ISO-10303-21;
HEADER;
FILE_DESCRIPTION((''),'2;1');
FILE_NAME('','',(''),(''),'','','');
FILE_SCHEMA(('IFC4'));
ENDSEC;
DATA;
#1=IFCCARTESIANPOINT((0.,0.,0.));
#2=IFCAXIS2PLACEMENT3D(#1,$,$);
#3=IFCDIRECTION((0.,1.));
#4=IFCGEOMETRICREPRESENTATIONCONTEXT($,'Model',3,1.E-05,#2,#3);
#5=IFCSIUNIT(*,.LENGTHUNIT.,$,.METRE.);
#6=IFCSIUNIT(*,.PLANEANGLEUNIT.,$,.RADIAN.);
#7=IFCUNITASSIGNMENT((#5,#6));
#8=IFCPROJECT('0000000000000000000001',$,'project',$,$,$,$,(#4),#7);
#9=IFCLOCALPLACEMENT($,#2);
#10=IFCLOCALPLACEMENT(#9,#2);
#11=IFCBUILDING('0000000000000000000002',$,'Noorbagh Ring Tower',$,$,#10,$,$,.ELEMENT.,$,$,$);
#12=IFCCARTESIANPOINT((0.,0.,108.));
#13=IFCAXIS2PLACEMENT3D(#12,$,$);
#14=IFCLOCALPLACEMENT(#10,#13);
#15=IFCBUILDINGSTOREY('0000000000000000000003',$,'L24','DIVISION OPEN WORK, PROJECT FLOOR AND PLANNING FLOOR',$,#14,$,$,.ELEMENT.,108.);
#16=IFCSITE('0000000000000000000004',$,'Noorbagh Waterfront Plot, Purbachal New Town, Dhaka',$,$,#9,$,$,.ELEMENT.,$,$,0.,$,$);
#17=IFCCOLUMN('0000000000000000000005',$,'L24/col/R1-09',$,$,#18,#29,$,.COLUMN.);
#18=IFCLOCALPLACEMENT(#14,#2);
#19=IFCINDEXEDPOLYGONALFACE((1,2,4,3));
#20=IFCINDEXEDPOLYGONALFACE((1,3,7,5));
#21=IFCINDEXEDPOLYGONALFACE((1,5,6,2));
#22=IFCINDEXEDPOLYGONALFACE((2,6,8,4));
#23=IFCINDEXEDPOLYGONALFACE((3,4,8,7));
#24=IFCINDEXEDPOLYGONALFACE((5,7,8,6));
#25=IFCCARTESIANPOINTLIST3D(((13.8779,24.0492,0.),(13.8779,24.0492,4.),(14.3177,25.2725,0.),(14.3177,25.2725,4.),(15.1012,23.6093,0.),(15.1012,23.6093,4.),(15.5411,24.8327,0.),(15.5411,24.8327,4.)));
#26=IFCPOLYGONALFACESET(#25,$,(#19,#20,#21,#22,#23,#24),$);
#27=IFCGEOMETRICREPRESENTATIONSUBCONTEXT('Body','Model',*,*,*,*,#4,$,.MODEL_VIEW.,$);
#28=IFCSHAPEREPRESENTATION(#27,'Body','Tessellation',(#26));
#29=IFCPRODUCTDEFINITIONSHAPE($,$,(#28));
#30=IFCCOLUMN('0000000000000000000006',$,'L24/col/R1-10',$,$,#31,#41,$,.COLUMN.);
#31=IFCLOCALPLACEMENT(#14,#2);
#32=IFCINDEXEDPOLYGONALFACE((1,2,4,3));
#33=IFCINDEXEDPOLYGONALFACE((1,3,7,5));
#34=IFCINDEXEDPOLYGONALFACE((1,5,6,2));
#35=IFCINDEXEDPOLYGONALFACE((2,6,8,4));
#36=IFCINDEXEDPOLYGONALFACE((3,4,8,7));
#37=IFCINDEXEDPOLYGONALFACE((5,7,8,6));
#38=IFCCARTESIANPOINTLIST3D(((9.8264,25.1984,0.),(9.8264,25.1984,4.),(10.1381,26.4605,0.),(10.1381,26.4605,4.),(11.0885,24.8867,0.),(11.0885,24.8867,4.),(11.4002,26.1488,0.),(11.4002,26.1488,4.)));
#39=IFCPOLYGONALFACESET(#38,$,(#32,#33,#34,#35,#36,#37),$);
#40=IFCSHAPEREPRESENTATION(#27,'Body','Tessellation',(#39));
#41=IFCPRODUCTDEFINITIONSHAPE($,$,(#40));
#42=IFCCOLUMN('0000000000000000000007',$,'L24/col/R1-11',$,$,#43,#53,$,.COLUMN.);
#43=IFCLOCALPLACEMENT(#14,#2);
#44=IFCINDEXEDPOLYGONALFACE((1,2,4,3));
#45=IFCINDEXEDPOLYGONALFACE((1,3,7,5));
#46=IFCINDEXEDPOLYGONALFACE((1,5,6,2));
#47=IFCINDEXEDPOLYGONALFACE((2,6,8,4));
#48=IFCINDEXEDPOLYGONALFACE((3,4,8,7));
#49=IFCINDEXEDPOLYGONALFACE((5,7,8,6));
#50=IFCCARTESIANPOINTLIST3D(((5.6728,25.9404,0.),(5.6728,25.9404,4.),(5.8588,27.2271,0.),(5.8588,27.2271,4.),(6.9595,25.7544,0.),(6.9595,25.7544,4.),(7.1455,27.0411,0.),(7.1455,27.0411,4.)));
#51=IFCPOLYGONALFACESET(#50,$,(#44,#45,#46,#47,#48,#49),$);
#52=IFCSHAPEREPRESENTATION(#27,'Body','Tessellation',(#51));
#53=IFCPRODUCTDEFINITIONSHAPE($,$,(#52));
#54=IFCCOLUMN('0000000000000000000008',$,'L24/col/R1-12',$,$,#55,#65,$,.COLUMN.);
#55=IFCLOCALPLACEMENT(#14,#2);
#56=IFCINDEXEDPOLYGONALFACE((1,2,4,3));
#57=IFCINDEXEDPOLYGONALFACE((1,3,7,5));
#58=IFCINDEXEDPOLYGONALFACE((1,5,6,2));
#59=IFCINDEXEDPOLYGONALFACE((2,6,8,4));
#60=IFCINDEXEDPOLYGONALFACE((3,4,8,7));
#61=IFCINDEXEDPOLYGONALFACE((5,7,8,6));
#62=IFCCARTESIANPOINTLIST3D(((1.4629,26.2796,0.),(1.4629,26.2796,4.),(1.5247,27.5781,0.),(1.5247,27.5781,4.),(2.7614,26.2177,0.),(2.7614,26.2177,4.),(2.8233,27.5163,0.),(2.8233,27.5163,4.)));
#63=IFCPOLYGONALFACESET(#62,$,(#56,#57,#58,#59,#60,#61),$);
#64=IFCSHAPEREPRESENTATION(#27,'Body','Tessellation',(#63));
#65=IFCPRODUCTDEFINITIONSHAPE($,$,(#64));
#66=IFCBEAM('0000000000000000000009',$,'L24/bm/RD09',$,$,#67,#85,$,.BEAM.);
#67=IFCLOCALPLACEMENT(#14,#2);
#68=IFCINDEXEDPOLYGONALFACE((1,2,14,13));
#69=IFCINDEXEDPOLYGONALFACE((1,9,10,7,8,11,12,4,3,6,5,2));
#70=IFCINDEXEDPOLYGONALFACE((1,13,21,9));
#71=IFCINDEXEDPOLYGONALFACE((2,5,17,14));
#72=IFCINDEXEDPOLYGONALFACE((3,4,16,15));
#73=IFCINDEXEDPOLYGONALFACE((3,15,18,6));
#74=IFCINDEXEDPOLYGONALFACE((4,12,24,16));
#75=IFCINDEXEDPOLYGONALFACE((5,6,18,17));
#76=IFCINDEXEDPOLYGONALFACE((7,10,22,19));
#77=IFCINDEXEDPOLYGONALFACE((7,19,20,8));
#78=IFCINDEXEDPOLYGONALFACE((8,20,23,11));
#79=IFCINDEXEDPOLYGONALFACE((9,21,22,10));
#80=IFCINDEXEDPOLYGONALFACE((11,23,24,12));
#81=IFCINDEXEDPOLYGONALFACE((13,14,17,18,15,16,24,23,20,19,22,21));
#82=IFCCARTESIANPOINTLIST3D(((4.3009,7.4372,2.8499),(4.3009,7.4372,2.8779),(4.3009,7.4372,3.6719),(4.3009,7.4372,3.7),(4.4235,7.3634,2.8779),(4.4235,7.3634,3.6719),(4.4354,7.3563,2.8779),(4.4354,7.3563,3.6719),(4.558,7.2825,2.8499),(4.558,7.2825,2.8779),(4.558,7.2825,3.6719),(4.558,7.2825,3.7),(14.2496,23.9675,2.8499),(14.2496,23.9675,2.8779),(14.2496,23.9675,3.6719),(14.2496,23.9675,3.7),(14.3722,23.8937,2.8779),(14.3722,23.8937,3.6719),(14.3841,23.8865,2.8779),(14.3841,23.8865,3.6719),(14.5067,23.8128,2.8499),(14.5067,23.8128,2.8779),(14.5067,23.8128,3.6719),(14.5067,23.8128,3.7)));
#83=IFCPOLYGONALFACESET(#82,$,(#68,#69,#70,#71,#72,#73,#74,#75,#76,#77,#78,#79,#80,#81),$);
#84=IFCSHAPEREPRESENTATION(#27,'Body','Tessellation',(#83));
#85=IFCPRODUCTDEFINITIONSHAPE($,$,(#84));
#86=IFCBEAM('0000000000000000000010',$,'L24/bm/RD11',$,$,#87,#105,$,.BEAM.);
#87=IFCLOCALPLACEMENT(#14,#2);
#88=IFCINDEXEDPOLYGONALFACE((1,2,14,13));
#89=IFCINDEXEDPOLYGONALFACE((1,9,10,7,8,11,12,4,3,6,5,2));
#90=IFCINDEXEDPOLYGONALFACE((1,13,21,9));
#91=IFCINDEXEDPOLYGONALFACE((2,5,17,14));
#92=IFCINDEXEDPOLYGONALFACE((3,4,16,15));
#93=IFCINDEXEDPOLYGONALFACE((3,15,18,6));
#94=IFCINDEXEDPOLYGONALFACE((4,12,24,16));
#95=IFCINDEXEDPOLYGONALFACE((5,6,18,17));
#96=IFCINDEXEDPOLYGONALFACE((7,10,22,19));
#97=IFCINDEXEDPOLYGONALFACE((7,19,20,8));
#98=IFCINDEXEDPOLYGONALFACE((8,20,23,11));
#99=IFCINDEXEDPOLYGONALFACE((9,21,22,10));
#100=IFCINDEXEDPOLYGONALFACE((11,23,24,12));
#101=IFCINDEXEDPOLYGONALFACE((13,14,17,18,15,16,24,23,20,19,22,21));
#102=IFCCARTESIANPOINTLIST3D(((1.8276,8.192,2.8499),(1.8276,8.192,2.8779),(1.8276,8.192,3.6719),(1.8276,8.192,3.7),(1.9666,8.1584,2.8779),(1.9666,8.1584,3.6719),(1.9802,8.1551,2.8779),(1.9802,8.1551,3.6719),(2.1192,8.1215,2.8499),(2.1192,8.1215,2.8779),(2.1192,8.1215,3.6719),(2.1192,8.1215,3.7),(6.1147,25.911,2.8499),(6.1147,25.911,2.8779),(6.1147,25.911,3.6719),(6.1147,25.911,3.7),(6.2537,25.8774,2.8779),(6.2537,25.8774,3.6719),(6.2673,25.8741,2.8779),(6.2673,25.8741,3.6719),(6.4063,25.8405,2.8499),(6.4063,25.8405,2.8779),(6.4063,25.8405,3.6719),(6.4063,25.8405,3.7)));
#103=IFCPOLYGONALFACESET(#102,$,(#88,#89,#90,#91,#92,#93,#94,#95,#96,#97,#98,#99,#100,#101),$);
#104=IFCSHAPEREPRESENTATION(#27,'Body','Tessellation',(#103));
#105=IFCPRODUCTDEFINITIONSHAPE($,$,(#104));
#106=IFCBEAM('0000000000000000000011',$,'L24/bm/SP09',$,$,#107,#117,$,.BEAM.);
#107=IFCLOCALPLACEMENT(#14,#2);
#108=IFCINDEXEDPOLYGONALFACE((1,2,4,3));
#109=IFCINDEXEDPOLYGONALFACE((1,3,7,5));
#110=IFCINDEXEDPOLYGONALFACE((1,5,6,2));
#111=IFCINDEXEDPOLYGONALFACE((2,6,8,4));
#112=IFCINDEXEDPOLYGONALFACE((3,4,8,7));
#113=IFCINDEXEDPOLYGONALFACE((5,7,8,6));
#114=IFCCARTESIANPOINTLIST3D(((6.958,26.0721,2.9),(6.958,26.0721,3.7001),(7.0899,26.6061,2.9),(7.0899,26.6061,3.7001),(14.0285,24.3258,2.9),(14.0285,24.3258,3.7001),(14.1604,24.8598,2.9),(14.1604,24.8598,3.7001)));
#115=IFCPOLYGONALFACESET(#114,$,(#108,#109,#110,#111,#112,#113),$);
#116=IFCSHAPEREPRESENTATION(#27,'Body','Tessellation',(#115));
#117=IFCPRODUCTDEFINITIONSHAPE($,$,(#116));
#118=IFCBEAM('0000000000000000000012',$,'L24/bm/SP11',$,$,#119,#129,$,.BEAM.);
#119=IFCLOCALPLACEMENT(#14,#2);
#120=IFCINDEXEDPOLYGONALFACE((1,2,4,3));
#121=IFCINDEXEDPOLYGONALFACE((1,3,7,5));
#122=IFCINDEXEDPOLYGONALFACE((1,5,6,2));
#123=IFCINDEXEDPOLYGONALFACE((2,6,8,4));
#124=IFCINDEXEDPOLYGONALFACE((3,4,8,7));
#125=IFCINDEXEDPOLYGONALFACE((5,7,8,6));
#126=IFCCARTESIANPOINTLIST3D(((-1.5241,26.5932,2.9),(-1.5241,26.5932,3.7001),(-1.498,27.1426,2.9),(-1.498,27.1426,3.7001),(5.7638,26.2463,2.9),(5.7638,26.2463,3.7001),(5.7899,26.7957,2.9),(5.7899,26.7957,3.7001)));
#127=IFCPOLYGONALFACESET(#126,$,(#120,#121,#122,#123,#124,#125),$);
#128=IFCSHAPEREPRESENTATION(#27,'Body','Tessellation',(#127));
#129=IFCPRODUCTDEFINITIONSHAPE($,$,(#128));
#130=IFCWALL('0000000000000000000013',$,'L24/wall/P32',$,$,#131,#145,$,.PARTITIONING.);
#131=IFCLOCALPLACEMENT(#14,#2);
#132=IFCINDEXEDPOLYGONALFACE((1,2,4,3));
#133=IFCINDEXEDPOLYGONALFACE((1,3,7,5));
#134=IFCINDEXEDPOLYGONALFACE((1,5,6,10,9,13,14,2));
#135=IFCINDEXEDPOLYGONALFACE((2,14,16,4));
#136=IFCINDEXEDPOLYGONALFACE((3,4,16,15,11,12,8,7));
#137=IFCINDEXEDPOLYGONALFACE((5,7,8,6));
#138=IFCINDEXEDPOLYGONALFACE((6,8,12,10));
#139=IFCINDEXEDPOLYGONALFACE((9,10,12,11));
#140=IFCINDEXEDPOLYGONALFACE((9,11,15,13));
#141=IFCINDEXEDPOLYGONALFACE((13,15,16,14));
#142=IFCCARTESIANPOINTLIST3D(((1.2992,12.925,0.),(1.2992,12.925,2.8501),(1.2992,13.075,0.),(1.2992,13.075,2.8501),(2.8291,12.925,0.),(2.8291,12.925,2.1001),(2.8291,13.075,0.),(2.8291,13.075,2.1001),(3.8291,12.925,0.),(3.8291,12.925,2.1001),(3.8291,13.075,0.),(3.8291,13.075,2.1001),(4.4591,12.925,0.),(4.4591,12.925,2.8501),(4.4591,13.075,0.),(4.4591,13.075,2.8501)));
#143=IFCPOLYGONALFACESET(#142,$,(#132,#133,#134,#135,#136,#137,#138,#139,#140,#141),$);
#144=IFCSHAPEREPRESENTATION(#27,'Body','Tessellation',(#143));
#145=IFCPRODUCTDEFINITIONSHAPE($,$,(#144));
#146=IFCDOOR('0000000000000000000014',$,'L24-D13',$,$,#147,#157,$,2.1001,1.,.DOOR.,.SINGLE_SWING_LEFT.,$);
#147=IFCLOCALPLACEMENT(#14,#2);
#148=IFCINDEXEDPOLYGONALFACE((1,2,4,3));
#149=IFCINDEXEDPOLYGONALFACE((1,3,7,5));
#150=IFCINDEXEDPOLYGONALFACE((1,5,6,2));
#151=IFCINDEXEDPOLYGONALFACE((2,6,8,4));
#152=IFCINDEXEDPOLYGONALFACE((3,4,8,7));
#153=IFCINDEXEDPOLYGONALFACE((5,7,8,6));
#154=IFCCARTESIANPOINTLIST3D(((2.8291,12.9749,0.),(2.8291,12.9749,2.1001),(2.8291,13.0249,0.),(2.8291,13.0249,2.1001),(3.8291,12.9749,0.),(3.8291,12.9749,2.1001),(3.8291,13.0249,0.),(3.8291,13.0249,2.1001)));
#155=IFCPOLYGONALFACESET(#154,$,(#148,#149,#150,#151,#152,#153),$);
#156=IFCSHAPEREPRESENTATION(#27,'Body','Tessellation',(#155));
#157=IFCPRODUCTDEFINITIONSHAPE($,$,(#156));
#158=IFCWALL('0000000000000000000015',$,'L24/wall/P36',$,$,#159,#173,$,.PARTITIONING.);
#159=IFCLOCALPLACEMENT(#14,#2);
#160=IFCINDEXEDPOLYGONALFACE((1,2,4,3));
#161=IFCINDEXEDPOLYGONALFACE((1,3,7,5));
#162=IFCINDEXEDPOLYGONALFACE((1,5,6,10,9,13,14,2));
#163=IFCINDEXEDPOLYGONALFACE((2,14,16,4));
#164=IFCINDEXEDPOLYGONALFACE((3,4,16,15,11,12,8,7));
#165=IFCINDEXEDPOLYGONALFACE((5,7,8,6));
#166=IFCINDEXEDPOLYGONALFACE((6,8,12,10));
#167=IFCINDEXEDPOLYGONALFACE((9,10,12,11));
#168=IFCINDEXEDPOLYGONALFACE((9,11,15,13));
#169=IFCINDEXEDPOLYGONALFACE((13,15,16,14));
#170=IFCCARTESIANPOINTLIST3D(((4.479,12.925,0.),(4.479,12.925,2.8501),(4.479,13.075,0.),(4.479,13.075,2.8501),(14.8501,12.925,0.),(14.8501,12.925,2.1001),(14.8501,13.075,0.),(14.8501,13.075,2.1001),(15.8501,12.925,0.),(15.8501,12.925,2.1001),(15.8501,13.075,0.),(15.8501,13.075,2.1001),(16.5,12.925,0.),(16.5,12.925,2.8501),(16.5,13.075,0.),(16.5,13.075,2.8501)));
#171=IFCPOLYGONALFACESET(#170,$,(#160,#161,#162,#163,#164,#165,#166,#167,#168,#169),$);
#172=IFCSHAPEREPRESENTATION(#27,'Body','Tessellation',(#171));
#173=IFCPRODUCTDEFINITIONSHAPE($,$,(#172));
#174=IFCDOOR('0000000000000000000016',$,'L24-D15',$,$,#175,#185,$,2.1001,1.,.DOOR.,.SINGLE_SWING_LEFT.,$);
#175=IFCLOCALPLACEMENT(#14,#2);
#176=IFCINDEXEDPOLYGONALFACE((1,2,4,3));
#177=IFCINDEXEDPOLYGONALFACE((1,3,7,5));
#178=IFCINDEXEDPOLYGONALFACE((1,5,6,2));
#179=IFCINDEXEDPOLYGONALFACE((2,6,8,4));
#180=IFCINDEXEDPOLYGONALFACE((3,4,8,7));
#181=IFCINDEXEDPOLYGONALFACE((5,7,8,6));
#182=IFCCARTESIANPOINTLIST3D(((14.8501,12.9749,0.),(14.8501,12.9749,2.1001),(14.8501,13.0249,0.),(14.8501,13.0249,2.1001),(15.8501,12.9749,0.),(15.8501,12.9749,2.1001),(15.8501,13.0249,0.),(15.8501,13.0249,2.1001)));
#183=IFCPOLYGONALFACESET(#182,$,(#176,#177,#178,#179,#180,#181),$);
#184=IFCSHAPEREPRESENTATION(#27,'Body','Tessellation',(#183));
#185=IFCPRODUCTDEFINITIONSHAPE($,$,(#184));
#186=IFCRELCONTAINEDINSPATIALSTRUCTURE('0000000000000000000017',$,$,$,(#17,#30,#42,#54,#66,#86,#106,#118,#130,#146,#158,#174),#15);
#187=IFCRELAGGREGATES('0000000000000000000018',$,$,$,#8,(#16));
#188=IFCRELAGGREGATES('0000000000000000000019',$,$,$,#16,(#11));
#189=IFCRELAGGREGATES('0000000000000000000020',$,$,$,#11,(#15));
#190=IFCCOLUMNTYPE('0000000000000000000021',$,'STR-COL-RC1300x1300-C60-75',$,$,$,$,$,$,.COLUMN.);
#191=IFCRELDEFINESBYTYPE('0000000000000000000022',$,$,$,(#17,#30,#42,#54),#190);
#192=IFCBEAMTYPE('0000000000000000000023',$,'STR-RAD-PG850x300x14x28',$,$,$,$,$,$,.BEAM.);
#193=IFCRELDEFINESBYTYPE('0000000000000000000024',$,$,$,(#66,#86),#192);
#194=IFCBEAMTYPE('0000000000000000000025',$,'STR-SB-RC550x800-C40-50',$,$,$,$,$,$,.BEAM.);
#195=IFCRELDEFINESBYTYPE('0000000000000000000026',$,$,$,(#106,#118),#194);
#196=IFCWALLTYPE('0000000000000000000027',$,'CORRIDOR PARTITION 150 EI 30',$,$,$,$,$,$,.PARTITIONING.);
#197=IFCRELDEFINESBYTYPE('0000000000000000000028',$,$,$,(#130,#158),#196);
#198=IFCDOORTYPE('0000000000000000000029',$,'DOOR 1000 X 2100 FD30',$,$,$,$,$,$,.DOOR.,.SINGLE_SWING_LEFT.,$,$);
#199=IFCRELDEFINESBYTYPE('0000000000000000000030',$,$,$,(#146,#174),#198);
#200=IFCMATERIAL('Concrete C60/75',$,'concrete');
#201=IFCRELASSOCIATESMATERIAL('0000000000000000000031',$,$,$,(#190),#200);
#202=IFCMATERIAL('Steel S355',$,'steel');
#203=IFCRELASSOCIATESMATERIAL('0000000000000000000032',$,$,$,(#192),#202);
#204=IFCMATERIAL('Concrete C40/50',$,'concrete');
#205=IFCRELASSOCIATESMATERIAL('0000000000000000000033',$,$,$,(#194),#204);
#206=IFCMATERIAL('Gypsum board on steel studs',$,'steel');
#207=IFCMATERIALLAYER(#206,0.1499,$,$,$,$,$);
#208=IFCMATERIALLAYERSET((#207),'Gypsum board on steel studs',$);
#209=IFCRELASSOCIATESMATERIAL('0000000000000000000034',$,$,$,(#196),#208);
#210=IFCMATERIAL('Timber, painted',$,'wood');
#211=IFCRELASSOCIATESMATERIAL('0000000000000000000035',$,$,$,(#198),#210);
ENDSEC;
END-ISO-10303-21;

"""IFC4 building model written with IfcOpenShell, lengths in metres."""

from ifc_helpers import new_model, si_unit, direction, frame, frame_2d, origin, origin_2d, place, context, subcontext, project, spatial, rectangle, i_section, extrude, material, layer, layer_set, material_profile, profile_set, type_object, element, fill, save


model = new_model("IFC4")

# Units and contexts
model_context = context("Model", 3, precision=1e-05, world=origin(), true_north=direction((0.0, 1.0)))
body_context = subcontext(model_context, "Body", "Model", "MODEL_VIEW")
ifc_project = project(units=[si_unit("LENGTHUNIT", "METRE"), si_unit("PLANEANGLEUNIT", "RADIAN")], contexts=[model_context])

# Site, building, storey
site_placement = place(None, origin())
site = spatial("IfcSite", under=ifc_project, at=site_placement, Name="Noorbagh Waterfront Plot, Purbachal New Town, Dhaka", CompositionType="ELEMENT", RefElevation=0.0)
building_placement = place(site_placement, origin())
building = spatial("IfcBuilding", under=site, at=building_placement, Name="Noorbagh Ring Tower", CompositionType="ELEMENT")
storey_placement = place(building_placement, frame((0.0, 0.0, 108.0)))
storey = spatial("IfcBuildingStorey", under=building, at=storey_placement, Name="L24", Description="DIVISION OPEN WORK, PROJECT FLOOR AND PLANNING FLOOR", CompositionType="ELEMENT", Elevation=108.0)

# Columns
ifc_material_1 = material(Name="Concrete C60/75", Category="concrete")
ifc_material_profile_1 = material_profile(ifc_material_1, rectangle(XDim=1.3, YDim=1.3, at=origin_2d()), Name="RC1300x1300")
ifc_profile_set_1 = profile_set([ifc_material_profile_1], Name="Concrete C60/75")
column_type = type_object("IfcColumnType", Name="STR-COL-RC1300x1300-C60-75", PredefinedType="COLUMN", material=ifc_profile_set_1)
for number, where, z_axis, x_axis, name in (
    (1, (14.7095, 24.4409, 0.0), (0.0, 0.0, 1.0), (-0.941025, 0.338338, 0.0), "L24/col/R1-09"),
    (2, (10.6133, 25.6736, 0.0), (0.0, 0.0, 1.0), (-0.970829, 0.239771, 0.0), "L24/col/R1-10"),
    (3, (6.4092, 26.4907, 0.0), (0.0, 0.0, 1.0), (-0.989713, 0.143066, 0.0), "L24/col/R1-11"),
    (4, (2.1431, 26.8979, 0.0), (0.0, 0.0, 1.0), (-0.998869, 0.047553, 0.0), "L24/col/R1-12"),
):
    element("IfcColumn", number, at=place(storey_placement, frame(where, z_axis=z_axis, x_axis=x_axis)), inside=storey, type_object=column_type, Name=name, PredefinedType="COLUMN", context=body_context, shape_type="SweptSolid", body=[
        extrude(rectangle(XDim=1.3, YDim=1.3, at=origin_2d()), origin(), (0.0, 0.0, 1.0), 4.0),
    ])

# Beams
ifc_material_2 = material(Name="Steel S355", Category="steel")
ifc_material_profile_2 = material_profile(ifc_material_2, i_section(OverallWidth=0.3, OverallDepth=0.8501, WebThickness=0.0139, FlangeThickness=0.0281, at=origin_2d()), Name="PG850x300x14x28")
ifc_profile_set_2 = profile_set([ifc_material_profile_2], Name="Steel S355")
beam_type_1 = type_object("IfcBeamType", Name="STR-RAD-PG850x300x14x28", PredefinedType="BEAM", material=ifc_profile_set_2)
beam_1_placement = place(storey_placement, frame((14.3782, 23.8901, 3.2749), z_axis=(-0.51566, -0.856793, 0.0), x_axis=(0.856793, -0.51566, 0.0)))
element("IfcBeam", 5, at=beam_1_placement, inside=storey, type_object=beam_type_1, Name="L24/bm/RD09", PredefinedType="BEAM", context=body_context, shape_type="SweptSolid", body=[
    extrude(i_section(OverallWidth=0.3, OverallDepth=0.8501, WebThickness=0.0139, FlangeThickness=0.0281, at=origin_2d()), origin(), (0.0, 0.0, 1.0), 19.2932),
])
beam_2_placement = place(storey_placement, frame((6.2605, 25.8757, 3.2749), z_axis=(-0.235165, -0.971956, 0.0), x_axis=(0.971956, -0.235165, 0.0)))
element("IfcBeam", 6, at=beam_2_placement, inside=storey, type_object=beam_type_1, Name="L24/bm/RD11", PredefinedType="BEAM", context=body_context, shape_type="SweptSolid", body=[
    extrude(i_section(OverallWidth=0.3, OverallDepth=0.8501, WebThickness=0.0139, FlangeThickness=0.0281, at=origin_2d()), origin(), (0.0, 0.0, 1.0), 18.2302),
])
ifc_material_3 = material(Name="Concrete C40/50", Category="concrete")
ifc_material_profile_3 = material_profile(ifc_material_3, rectangle(XDim=0.55, YDim=0.8, at=origin_2d()), Name="RC550x800")
ifc_profile_set_3 = profile_set([ifc_material_profile_3], Name="Concrete C40/50")
beam_type_2 = type_object("IfcBeamType", Name="STR-SB-RC550x800-C40-50", PredefinedType="BEAM", material=ifc_profile_set_3)
beam_3_placement = place(storey_placement, frame((14.0945, 24.5928, 3.3), z_axis=(-0.970827, 0.239782, 0.0), x_axis=(-0.239782, -0.970827, 0.0)))
element("IfcBeam", 7, at=beam_3_placement, inside=storey, type_object=beam_type_2, Name="L24/bm/SP09", PredefinedType="BEAM", context=body_context, shape_type="SweptSolid", body=[
    extrude(rectangle(XDim=0.55, YDim=0.8, at=origin_2d()), origin(), (0.0, 0.0, 1.0), 7.283),
])
beam_4_placement = place(storey_placement, frame((5.7769, 26.521, 3.3), z_axis=(-0.998869, 0.047549, 0.0), x_axis=(-0.047549, -0.998869, 0.0)))
element("IfcBeam", 8, at=beam_4_placement, inside=storey, type_object=beam_type_2, Name="L24/bm/SP11", PredefinedType="BEAM", context=body_context, shape_type="SweptSolid", body=[
    extrude(rectangle(XDim=0.55, YDim=0.8, at=origin_2d()), origin(), (0.0, 0.0, 1.0), 7.2961),
])

# Walls, openings, doors
ifc_material_4 = material(Name="Gypsum board on steel studs", Category="steel")
ifc_layer_1 = layer(ifc_material_4, 0.1499)
ifc_layer_set_1 = layer_set([ifc_layer_1], Name="Gypsum board on steel studs")
wall_type_1 = type_object("IfcWallType", Name="CORRIDOR PARTITION 150 EI 30", PredefinedType="PARTITIONING", material=ifc_layer_set_1)
wall_1_placement = place(storey_placement, frame((1.2991, 13.0, 0.0), z_axis=(0.0, 0.0, 1.0), x_axis=(1.0, 0.0, 0.0)))
wall_1 = element("IfcWall", 9, at=wall_1_placement, inside=storey, type_object=wall_type_1, Name="L24/wall/P32", PredefinedType="PARTITIONING", context=body_context, shape_type="SweptSolid", body=[
    extrude(rectangle(XDim=3.1599, YDim=0.1499, at=frame_2d((1.5801, 0.0))), origin(), (0.0, 0.0, 1.0), 2.8501),
])
opening_1_placement = place(wall_1_placement, frame((1.53, 0.0, 0.0)))
opening_1 = element("IfcOpeningElement", 10, at=opening_1_placement, cuts=wall_1, PredefinedType="OPENING", context=body_context, shape_type="SweptSolid", body=[
    extrude(rectangle(XDim=1.0, YDim=2.1001, at=frame_2d((0.5, 1.05))), frame((0.0, 0.085, 0.0), z_axis=(0.0, -1.0, 0.0), x_axis=(1.0, 0.0, 0.0)), (0.0, 0.0, 1.0), 0.1699),
])
ifc_material_5 = material(Name="Timber, painted", Category="wood")
door_type = type_object("IfcDoorType", Name="DOOR 1000 X 2100 FD30", OperationType="SINGLE_SWING_LEFT", PredefinedType="DOOR", material=ifc_material_5)
door_1_placement = place(opening_1_placement, origin())
door_1 = element("IfcDoor", 11, at=door_1_placement, inside=storey, type_object=door_type, Name="L24-D13", OperationType="SINGLE_SWING_LEFT", OverallHeight=2.1001, OverallWidth=1.0, PredefinedType="DOOR", context=body_context, shape_type="SweptSolid", body=[
    extrude(rectangle(XDim=1.0, YDim=2.1001, at=frame_2d((0.5, 1.05))), frame((0.0, 0.0249, 0.0), z_axis=(0.0, -1.0, 0.0), x_axis=(1.0, 0.0, 0.0)), (0.0, 0.0, 1.0), 0.05),
])
fill(opening_1, door_1)
wall_2_placement = place(storey_placement, frame((4.479, 13.0, 0.0), z_axis=(0.0, 0.0, 1.0), x_axis=(1.0, 0.0, 0.0)))
wall_2 = element("IfcWall", 12, at=wall_2_placement, inside=storey, type_object=wall_type_1, Name="L24/wall/P36", PredefinedType="PARTITIONING", context=body_context, shape_type="SweptSolid", body=[
    extrude(rectangle(XDim=12.021, YDim=0.1499, at=frame_2d((6.0105, 0.0))), origin(), (0.0, 0.0, 1.0), 2.8501),
])
opening_2_placement = place(wall_2_placement, frame((10.3711, 0.0, 0.0)))
opening_2 = element("IfcOpeningElement", 13, at=opening_2_placement, cuts=wall_2, PredefinedType="OPENING", context=body_context, shape_type="SweptSolid", body=[
    extrude(rectangle(XDim=1.0, YDim=2.1001, at=frame_2d((0.5, 1.05))), frame((0.0, 0.085, 0.0), z_axis=(0.0, -1.0, 0.0), x_axis=(1.0, 0.0, 0.0)), (0.0, 0.0, 1.0), 0.1699),
])
door_2_placement = place(opening_2_placement, origin())
door_2 = element("IfcDoor", 14, at=door_2_placement, inside=storey, type_object=door_type, Name="L24-D15", OperationType="SINGLE_SWING_LEFT", OverallHeight=2.1001, OverallWidth=1.0, PredefinedType="DOOR", context=body_context, shape_type="SweptSolid", body=[
    extrude(rectangle(XDim=1.0, YDim=2.1001, at=frame_2d((0.5, 1.05))), frame((0.0, 0.0249, 0.0), z_axis=(0.0, -1.0, 0.0), x_axis=(1.0, 0.0, 0.0)), (0.0, 0.0, 1.0), 0.05),
])
fill(opening_2, door_2)

save(model, "model.ifc")
